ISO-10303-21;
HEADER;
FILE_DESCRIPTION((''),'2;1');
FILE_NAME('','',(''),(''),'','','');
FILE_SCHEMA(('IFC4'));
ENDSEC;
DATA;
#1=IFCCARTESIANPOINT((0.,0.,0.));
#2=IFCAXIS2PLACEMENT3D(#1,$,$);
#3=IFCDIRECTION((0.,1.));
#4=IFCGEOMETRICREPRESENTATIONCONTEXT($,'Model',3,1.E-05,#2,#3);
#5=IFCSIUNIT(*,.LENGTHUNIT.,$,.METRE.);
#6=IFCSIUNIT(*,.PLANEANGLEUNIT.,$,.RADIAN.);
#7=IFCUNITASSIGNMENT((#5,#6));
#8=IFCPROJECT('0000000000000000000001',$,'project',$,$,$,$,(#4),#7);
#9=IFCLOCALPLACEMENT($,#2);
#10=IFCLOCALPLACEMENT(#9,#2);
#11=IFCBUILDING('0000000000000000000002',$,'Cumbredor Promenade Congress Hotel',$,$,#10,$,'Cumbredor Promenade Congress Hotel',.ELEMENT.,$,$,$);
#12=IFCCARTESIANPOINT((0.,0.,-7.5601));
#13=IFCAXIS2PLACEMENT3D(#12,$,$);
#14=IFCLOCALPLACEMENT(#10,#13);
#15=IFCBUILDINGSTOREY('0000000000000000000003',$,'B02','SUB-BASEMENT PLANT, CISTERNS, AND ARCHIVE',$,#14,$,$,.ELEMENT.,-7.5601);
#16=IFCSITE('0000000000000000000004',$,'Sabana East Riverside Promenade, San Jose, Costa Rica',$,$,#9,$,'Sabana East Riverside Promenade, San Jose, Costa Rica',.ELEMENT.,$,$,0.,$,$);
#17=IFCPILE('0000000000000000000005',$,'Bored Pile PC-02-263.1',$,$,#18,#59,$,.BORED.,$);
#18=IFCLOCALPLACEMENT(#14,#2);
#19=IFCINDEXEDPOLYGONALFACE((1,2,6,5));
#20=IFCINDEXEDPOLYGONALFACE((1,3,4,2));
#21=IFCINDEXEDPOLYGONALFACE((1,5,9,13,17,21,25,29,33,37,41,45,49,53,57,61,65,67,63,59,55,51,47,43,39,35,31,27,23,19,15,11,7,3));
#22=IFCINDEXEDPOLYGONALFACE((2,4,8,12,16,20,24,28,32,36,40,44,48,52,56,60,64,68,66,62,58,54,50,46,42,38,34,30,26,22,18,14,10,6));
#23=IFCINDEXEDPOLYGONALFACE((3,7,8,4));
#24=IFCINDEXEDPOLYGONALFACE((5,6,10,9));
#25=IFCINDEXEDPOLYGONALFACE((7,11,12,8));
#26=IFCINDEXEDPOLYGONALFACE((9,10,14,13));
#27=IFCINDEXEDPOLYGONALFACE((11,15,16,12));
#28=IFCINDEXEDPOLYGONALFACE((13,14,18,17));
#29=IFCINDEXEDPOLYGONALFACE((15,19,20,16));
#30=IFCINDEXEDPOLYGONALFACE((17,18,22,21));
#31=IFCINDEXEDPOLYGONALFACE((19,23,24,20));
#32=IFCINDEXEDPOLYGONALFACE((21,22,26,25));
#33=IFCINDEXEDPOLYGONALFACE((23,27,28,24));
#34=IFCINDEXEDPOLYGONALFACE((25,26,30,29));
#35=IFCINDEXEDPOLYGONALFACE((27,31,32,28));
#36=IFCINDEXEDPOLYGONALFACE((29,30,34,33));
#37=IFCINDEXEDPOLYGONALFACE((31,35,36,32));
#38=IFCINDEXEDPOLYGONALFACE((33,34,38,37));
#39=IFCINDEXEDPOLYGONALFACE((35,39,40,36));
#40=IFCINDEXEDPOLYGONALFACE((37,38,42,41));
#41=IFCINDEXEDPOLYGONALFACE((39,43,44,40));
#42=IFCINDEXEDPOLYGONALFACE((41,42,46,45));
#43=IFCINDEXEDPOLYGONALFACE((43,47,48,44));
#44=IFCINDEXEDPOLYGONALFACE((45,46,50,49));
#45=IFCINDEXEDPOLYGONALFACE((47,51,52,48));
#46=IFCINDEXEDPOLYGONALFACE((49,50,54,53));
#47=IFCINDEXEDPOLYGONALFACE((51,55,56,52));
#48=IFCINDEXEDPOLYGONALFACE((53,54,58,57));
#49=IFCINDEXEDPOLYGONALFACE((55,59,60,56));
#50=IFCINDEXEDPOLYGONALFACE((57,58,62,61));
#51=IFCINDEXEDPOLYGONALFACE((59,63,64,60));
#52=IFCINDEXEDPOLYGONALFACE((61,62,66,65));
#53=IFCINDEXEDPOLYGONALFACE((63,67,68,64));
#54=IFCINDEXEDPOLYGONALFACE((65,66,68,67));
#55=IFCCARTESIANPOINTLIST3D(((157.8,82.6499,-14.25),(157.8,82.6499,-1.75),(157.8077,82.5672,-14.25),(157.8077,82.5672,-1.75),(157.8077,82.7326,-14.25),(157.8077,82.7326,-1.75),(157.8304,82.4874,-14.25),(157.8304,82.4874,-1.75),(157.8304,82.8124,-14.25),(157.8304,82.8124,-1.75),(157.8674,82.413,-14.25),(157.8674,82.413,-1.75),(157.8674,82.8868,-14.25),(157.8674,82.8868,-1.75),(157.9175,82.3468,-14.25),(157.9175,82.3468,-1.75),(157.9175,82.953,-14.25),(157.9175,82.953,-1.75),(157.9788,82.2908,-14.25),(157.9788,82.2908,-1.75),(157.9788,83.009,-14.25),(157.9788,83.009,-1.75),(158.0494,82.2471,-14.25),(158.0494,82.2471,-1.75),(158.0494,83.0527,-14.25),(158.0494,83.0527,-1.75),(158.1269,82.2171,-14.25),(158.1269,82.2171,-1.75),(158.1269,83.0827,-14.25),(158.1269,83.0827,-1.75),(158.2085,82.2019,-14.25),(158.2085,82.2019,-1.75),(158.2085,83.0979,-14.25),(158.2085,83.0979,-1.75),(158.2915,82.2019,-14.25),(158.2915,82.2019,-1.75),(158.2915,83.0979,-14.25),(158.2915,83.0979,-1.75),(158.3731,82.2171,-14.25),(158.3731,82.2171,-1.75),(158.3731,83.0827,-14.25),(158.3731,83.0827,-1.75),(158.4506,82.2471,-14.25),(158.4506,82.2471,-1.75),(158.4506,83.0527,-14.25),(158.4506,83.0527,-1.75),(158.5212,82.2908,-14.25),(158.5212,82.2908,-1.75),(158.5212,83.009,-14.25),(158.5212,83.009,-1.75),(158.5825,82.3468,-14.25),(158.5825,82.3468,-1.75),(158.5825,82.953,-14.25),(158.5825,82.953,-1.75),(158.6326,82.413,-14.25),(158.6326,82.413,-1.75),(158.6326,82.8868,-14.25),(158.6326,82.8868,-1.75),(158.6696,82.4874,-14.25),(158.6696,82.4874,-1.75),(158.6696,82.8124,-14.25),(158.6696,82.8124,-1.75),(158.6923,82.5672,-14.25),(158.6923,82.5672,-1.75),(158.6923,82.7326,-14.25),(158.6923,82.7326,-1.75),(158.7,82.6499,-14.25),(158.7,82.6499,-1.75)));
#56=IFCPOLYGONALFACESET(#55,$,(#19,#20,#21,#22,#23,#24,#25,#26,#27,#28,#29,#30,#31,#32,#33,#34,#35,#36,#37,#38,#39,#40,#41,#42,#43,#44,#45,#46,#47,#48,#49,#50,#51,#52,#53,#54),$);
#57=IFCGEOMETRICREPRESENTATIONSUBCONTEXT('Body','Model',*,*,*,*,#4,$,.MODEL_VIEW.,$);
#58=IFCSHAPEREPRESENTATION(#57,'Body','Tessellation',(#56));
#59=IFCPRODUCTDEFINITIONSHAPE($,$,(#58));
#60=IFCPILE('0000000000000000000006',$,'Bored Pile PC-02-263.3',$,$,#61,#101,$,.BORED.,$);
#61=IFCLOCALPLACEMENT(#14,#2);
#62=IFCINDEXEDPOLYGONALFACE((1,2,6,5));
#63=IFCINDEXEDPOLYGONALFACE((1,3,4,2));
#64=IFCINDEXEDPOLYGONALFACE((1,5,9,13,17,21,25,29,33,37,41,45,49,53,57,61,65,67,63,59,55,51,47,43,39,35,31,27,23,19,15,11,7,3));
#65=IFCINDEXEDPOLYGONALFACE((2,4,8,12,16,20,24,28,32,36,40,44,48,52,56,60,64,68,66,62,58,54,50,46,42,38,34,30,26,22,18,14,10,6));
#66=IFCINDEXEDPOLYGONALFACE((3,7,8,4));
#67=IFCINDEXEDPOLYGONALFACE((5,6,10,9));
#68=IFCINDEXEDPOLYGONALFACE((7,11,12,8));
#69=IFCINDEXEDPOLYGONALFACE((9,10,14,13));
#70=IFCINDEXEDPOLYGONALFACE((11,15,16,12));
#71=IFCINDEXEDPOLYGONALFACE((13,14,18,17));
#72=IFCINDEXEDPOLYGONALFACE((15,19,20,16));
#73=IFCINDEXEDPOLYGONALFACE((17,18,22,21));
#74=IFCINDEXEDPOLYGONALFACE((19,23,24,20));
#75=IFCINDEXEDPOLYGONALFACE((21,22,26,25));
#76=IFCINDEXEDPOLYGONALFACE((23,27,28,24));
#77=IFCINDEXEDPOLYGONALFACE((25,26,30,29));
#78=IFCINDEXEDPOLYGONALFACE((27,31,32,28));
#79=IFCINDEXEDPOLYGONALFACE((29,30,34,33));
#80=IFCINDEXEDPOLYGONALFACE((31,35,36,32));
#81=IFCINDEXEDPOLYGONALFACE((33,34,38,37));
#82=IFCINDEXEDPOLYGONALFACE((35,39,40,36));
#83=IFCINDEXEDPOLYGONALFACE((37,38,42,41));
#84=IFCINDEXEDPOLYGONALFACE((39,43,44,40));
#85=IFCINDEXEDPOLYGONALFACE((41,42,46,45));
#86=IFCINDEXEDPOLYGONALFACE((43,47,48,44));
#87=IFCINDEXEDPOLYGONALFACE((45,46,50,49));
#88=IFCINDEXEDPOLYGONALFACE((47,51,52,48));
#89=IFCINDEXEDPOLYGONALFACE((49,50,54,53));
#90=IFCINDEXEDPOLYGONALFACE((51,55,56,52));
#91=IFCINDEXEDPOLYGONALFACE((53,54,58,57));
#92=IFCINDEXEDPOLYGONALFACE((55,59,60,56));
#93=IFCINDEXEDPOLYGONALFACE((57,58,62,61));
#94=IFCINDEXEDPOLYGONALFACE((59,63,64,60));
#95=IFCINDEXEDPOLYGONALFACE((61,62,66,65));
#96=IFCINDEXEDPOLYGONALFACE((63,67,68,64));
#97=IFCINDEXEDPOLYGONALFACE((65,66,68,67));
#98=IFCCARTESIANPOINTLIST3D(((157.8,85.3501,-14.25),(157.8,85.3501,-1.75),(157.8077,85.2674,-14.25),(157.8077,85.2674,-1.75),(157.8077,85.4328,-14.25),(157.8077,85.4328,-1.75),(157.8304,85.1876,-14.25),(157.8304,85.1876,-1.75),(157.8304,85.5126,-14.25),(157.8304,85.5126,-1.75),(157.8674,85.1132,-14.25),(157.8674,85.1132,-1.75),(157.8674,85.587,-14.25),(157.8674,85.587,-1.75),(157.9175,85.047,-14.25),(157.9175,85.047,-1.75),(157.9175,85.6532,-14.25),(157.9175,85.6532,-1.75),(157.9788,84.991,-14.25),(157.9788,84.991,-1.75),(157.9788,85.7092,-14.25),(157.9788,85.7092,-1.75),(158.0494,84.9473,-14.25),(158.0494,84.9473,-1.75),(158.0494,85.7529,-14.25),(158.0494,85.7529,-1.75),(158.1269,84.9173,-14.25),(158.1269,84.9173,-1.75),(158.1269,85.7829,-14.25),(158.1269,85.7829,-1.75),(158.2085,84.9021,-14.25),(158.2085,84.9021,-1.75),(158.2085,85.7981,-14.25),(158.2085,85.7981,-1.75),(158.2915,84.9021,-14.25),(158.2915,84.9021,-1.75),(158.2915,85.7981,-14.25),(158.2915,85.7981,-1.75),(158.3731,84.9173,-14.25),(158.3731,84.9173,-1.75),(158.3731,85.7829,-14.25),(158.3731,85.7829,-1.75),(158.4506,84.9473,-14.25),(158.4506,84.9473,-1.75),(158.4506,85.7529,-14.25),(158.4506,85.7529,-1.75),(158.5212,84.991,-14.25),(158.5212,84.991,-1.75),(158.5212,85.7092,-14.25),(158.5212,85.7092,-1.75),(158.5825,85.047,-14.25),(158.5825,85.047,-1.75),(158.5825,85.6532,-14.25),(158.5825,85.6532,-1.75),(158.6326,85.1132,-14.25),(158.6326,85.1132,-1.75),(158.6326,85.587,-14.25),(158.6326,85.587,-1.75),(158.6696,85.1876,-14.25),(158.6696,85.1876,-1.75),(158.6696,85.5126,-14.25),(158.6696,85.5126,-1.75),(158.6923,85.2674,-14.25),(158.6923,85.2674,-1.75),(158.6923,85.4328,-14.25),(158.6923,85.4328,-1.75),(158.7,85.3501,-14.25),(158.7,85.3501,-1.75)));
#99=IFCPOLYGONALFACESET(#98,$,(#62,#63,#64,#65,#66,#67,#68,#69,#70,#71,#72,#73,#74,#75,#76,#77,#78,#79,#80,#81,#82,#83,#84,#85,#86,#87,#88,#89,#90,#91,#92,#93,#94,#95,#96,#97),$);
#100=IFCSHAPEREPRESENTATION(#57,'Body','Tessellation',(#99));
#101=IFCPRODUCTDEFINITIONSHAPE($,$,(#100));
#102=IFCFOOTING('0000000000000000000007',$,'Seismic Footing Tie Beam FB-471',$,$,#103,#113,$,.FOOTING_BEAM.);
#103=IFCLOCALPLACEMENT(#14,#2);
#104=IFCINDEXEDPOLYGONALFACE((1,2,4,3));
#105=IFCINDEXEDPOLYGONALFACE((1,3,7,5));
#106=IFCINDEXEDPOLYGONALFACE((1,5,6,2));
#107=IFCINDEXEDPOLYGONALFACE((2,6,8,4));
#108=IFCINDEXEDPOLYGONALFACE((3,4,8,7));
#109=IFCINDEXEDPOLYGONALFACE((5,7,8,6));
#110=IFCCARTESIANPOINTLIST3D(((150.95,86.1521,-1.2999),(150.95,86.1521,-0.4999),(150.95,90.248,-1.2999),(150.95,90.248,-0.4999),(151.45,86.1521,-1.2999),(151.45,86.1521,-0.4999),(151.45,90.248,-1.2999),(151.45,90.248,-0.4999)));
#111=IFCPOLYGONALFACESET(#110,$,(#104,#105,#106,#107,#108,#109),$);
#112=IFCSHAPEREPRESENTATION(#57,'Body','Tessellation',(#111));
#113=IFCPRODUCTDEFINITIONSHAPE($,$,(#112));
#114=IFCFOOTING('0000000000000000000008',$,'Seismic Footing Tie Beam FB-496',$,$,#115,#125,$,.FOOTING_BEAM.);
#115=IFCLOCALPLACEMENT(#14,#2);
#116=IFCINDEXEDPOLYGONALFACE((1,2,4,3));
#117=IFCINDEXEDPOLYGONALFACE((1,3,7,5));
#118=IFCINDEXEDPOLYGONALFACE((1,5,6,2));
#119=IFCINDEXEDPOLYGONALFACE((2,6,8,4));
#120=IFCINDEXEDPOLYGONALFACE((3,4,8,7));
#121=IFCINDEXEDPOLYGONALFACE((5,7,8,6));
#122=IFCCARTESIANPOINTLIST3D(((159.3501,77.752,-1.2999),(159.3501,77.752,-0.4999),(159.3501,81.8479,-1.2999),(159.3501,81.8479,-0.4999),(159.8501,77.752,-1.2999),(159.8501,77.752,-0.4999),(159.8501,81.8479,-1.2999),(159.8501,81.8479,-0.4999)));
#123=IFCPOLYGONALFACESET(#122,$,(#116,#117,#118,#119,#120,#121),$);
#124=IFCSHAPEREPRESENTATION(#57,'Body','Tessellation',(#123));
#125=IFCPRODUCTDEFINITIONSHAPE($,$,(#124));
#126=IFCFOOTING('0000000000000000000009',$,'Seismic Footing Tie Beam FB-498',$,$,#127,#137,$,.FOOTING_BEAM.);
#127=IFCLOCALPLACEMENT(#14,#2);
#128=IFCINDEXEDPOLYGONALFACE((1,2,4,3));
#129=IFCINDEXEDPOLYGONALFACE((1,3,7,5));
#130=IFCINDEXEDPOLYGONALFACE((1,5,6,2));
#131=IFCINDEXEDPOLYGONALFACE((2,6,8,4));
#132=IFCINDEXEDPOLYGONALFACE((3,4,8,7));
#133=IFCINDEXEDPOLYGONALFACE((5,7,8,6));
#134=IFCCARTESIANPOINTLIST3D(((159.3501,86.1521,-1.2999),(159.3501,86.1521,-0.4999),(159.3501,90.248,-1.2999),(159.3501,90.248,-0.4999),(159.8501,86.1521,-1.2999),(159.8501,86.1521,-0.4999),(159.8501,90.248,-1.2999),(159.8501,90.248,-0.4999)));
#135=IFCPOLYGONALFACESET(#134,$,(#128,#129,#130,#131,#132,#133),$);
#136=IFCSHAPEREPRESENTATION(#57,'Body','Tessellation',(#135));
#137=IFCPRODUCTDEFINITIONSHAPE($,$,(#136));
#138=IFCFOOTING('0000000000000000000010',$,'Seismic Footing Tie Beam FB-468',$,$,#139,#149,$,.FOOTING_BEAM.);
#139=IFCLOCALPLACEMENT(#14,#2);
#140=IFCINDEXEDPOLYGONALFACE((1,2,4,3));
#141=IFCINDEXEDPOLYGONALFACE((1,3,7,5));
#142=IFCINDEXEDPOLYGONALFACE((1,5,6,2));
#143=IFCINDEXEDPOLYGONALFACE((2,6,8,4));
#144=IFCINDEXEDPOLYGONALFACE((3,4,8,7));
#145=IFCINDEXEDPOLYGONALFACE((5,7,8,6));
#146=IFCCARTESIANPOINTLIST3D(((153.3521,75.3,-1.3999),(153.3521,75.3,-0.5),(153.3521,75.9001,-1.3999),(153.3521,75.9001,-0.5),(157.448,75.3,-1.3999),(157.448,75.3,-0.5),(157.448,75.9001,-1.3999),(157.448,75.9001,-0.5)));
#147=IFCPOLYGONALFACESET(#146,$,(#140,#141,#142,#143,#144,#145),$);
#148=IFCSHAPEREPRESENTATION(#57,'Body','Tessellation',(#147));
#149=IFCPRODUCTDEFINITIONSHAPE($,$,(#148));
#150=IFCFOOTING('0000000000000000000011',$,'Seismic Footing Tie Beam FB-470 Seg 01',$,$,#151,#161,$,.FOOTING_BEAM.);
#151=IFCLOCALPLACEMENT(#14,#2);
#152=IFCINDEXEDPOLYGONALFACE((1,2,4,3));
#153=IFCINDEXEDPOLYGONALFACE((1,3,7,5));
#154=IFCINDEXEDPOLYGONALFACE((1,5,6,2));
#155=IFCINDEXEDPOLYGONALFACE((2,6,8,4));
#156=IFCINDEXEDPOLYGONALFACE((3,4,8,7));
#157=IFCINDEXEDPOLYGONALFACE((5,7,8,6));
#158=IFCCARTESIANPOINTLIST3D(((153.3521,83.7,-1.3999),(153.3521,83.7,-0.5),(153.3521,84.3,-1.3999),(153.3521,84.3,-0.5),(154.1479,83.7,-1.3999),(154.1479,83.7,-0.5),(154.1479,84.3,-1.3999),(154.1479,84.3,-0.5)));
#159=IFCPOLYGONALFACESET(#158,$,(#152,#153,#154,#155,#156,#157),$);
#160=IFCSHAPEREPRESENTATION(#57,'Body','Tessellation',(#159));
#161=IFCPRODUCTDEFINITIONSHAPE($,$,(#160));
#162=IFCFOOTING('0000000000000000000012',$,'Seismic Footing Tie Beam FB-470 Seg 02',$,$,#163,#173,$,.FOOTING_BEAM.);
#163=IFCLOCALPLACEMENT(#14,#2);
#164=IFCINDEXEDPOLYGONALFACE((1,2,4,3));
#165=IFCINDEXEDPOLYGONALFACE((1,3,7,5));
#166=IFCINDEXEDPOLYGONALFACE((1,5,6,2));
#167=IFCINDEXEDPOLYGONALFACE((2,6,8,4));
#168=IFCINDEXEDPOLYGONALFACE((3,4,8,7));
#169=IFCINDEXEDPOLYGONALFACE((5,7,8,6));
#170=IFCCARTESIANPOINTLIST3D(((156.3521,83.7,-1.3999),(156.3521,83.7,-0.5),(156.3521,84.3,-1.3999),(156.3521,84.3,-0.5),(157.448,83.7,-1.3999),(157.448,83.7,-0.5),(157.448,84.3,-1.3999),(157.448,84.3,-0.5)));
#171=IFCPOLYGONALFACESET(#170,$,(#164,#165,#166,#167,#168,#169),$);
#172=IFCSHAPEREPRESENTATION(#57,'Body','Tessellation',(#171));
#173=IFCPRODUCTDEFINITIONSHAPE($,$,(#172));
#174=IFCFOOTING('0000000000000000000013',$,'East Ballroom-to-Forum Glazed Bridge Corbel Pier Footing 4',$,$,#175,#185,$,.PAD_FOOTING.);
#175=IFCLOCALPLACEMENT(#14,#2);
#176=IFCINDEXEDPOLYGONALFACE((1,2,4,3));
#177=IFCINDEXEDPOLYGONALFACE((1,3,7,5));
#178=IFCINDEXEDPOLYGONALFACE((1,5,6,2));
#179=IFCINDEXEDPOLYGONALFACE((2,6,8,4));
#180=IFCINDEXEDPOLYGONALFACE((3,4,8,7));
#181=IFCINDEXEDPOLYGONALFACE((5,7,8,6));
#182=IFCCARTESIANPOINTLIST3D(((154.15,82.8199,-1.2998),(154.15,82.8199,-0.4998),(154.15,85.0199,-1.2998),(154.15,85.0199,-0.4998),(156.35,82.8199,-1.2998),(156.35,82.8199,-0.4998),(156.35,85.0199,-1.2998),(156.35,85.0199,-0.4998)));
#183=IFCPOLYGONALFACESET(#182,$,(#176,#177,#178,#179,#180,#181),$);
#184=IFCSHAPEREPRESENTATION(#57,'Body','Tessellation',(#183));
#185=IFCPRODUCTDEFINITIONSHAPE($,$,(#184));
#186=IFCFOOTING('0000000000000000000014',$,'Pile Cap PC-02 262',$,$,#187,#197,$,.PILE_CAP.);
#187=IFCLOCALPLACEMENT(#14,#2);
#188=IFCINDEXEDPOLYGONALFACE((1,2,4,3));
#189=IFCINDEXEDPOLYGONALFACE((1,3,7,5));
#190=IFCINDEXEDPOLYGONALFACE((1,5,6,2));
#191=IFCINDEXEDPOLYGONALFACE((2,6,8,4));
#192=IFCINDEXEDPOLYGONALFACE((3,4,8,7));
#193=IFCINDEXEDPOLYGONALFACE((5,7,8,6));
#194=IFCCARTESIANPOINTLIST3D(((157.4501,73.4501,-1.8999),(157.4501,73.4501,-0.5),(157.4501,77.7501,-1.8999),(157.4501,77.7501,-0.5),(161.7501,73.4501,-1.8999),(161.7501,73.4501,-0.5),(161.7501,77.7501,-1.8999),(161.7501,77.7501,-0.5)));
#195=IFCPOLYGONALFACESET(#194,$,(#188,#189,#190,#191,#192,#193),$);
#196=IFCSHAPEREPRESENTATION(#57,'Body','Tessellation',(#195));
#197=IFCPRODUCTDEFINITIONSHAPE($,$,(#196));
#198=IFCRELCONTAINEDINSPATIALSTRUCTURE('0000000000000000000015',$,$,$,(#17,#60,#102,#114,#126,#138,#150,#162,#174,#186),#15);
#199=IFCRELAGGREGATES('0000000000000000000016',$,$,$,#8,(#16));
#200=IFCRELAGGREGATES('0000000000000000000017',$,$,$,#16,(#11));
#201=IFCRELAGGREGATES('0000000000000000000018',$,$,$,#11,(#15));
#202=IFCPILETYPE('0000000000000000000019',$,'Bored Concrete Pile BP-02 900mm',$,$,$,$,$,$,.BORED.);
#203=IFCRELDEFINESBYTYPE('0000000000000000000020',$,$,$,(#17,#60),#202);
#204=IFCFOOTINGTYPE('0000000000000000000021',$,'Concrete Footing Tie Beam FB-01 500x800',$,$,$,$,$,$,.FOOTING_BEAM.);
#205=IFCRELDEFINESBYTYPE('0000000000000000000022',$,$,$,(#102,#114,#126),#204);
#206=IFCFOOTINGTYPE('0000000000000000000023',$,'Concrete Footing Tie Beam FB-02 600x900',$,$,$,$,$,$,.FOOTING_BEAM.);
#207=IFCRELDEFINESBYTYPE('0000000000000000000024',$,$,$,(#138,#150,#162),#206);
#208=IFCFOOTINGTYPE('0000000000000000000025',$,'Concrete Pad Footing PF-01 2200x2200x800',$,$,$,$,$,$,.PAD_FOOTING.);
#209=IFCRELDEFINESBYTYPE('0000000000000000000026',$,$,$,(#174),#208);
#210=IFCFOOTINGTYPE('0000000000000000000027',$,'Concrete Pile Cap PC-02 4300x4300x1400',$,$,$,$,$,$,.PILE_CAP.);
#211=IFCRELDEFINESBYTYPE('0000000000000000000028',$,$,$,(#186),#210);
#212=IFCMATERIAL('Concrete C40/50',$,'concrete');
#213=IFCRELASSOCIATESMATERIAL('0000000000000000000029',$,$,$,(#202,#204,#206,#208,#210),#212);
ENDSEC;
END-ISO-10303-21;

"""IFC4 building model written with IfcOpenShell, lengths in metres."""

from ifc_helpers import new_model, si_unit, direction, frame, origin, origin_2d, place, context, subcontext, project, spatial, rectangle, circle, extrude, material, material_profile, profile_set, type_object, element, save


model = new_model("IFC4")

# Units and contexts
model_context = context("Model", 3, precision=1e-05, world=origin(), true_north=direction((0.0, 1.0)))
body_context = subcontext(model_context, "Body", "Model", "MODEL_VIEW")
ifc_project = project(units=[si_unit("LENGTHUNIT", "METRE"), si_unit("PLANEANGLEUNIT", "RADIAN")], contexts=[model_context])

# Site, building, storey
site_placement = place(None, origin())
site = spatial("IfcSite", under=ifc_project, at=site_placement, Name="Sabana East Riverside Promenade, San Jose, Costa Rica", LongName="Sabana East Riverside Promenade, San Jose, Costa Rica", CompositionType="ELEMENT", RefElevation=0.0)
building_placement = place(site_placement, origin())
building = spatial("IfcBuilding", under=site, at=building_placement, Name="Cumbredor Promenade Congress Hotel", LongName="Cumbredor Promenade Congress Hotel", CompositionType="ELEMENT")
storey_placement = place(building_placement, frame((0.0, 0.0, -7.5601)))
storey = spatial("IfcBuildingStorey", under=building, at=storey_placement, Name="B02", Description="SUB-BASEMENT PLANT, CISTERNS, AND ARCHIVE", CompositionType="ELEMENT", Elevation=-7.5601)

# Piles
ifc_material_1 = material(Name="Concrete C40/50", Category="concrete")
ifc_material_profile_1 = material_profile(ifc_material_1, circle(Radius=0.45, at=origin_2d()), Name="PILE D900")
ifc_profile_set_1 = profile_set([ifc_material_profile_1], Name="Concrete C40/50")
pile_type = type_object("IfcPileType", Name="Bored Concrete Pile BP-02 900mm", PredefinedType="BORED", material=ifc_profile_set_1)
for number, where, z_axis, x_axis, name in (
    (1, (158.25, 82.6499, -1.75), (0.0, 0.0, -1.0), (1.0, 0.0, 0.0), "Bored Pile PC-02-263.1"),
    (2, (158.25, 85.3501, -1.75), (0.0, 0.0, -1.0), (1.0, 0.0, 0.0), "Bored Pile PC-02-263.3"),
):
    element("IfcPile", number, at=place(storey_placement, frame(where, z_axis=z_axis, x_axis=x_axis)), inside=storey, type_object=pile_type, Name=name, PredefinedType="BORED", context=body_context, shape_type="SweptSolid", body=[
        extrude(circle(Radius=0.45, at=origin_2d()), origin(), (0.0, 0.0, 1.0), 12.5),
    ])

# Footings
ifc_material_profile_2 = material_profile(ifc_material_1, rectangle(XDim=0.5, YDim=0.8, at=origin_2d()), Name="FB 500x800")
ifc_profile_set_2 = profile_set([ifc_material_profile_2], Name="Concrete C40/50")
footing_type_1 = type_object("IfcFootingType", Name="Concrete Footing Tie Beam FB-01 500x800", PredefinedType="FOOTING_BEAM", material=ifc_profile_set_2)
for number, where, z_axis, x_axis, name in (
    (3, (151.2, 86.1521, -0.8999), (0.0, 1.0, 0.0), (-1.0, 0.0, 0.0), "Seismic Footing Tie Beam FB-471"),
    (4, (159.6001, 77.752, -0.8999), (0.0, 1.0, 0.0), (-1.0, 0.0, 0.0), "Seismic Footing Tie Beam FB-496"),
    (5, (159.6001, 86.1521, -0.8999), (0.0, 1.0, 0.0), (-1.0, 0.0, 0.0), "Seismic Footing Tie Beam FB-498"),
):
    element("IfcFooting", number, at=place(storey_placement, frame(where, z_axis=z_axis, x_axis=x_axis)), inside=storey, type_object=footing_type_1, Name=name, PredefinedType="FOOTING_BEAM", context=body_context, shape_type="SweptSolid", body=[
        extrude(rectangle(XDim=0.5, YDim=0.8, at=origin_2d()), origin(), (0.0, 0.0, 1.0), 4.0959),
    ])
ifc_material_profile_3 = material_profile(ifc_material_1, rectangle(XDim=0.6001, YDim=0.8999, at=origin_2d()), Name="FB 600x900")
ifc_profile_set_3 = profile_set([ifc_material_profile_3], Name="Concrete C40/50")
footing_type_2 = type_object("IfcFootingType", Name="Concrete Footing Tie Beam FB-02 600x900", PredefinedType="FOOTING_BEAM", material=ifc_profile_set_3)
footing_1_placement = place(storey_placement, frame((153.3521, 75.6001, -0.95), z_axis=(1.0, 0.0, 0.0), x_axis=(0.0, 1.0, 0.0)))
element("IfcFooting", 6, at=footing_1_placement, inside=storey, type_object=footing_type_2, Name="Seismic Footing Tie Beam FB-468", PredefinedType="FOOTING_BEAM", context=body_context, shape_type="SweptSolid", body=[
    extrude(rectangle(XDim=0.6001, YDim=0.8999, at=origin_2d()), origin(), (0.0, 0.0, 1.0), 4.0959),
])
footing_2_placement = place(storey_placement, frame((153.3521, 84.0, -0.95), z_axis=(1.0, 0.0, 0.0), x_axis=(0.0, 1.0, 0.0)))
element("IfcFooting", 7, at=footing_2_placement, inside=storey, type_object=footing_type_2, Name="Seismic Footing Tie Beam FB-470 Seg 01", PredefinedType="FOOTING_BEAM", context=body_context, shape_type="SweptSolid", body=[
    extrude(rectangle(XDim=0.6001, YDim=0.8999, at=origin_2d()), origin(), (0.0, 0.0, 1.0), 0.7959),
])
footing_3_placement = place(storey_placement, frame((156.3521, 84.0, -0.95), z_axis=(1.0, 0.0, 0.0), x_axis=(0.0, 1.0, 0.0)))
element("IfcFooting", 8, at=footing_3_placement, inside=storey, type_object=footing_type_2, Name="Seismic Footing Tie Beam FB-470 Seg 02", PredefinedType="FOOTING_BEAM", context=body_context, shape_type="SweptSolid", body=[
    extrude(rectangle(XDim=0.6001, YDim=0.8999, at=origin_2d()), origin(), (0.0, 0.0, 1.0), 1.0959),
])
footing_type_3 = type_object("IfcFootingType", Name="Concrete Pad Footing PF-01 2200x2200x800", PredefinedType="PAD_FOOTING", material=ifc_material_1)
footing_4_placement = place(storey_placement, frame((155.25, 83.9199, -1.2998), z_axis=(0.0, 0.0, 1.0), x_axis=(1.0, 0.0, 0.0)))
element("IfcFooting", 9, at=footing_4_placement, inside=storey, type_object=footing_type_3, Name="East Ballroom-to-Forum Glazed Bridge Corbel Pier Footing 4", PredefinedType="PAD_FOOTING", context=body_context, shape_type="SweptSolid", body=[
    extrude(rectangle(XDim=2.2, YDim=2.2, at=origin_2d()), origin(), (0.0, 0.0, 1.0), 0.8),
])
footing_type_4 = type_object("IfcFootingType", Name="Concrete Pile Cap PC-02 4300x4300x1400", PredefinedType="PILE_CAP", material=ifc_material_1)
for number, where, z_axis, x_axis, name in (
    (10, (159.6001, 75.6001, -1.8999), (0.0, 0.0, 1.0), (1.0, 0.0, 0.0), "Pile Cap PC-02 262"),
):
    element("IfcFooting", number, at=place(storey_placement, frame(where, z_axis=z_axis, x_axis=x_axis)), inside=storey, type_object=footing_type_4, Name=name, PredefinedType="PILE_CAP", context=body_context, shape_type="SweptSolid", body=[
        extrude(rectangle(XDim=4.3, YDim=4.3, at=origin_2d()), origin(), (0.0, 0.0, 1.0), 1.3999),
    ])

save(model, "model.ifc")
